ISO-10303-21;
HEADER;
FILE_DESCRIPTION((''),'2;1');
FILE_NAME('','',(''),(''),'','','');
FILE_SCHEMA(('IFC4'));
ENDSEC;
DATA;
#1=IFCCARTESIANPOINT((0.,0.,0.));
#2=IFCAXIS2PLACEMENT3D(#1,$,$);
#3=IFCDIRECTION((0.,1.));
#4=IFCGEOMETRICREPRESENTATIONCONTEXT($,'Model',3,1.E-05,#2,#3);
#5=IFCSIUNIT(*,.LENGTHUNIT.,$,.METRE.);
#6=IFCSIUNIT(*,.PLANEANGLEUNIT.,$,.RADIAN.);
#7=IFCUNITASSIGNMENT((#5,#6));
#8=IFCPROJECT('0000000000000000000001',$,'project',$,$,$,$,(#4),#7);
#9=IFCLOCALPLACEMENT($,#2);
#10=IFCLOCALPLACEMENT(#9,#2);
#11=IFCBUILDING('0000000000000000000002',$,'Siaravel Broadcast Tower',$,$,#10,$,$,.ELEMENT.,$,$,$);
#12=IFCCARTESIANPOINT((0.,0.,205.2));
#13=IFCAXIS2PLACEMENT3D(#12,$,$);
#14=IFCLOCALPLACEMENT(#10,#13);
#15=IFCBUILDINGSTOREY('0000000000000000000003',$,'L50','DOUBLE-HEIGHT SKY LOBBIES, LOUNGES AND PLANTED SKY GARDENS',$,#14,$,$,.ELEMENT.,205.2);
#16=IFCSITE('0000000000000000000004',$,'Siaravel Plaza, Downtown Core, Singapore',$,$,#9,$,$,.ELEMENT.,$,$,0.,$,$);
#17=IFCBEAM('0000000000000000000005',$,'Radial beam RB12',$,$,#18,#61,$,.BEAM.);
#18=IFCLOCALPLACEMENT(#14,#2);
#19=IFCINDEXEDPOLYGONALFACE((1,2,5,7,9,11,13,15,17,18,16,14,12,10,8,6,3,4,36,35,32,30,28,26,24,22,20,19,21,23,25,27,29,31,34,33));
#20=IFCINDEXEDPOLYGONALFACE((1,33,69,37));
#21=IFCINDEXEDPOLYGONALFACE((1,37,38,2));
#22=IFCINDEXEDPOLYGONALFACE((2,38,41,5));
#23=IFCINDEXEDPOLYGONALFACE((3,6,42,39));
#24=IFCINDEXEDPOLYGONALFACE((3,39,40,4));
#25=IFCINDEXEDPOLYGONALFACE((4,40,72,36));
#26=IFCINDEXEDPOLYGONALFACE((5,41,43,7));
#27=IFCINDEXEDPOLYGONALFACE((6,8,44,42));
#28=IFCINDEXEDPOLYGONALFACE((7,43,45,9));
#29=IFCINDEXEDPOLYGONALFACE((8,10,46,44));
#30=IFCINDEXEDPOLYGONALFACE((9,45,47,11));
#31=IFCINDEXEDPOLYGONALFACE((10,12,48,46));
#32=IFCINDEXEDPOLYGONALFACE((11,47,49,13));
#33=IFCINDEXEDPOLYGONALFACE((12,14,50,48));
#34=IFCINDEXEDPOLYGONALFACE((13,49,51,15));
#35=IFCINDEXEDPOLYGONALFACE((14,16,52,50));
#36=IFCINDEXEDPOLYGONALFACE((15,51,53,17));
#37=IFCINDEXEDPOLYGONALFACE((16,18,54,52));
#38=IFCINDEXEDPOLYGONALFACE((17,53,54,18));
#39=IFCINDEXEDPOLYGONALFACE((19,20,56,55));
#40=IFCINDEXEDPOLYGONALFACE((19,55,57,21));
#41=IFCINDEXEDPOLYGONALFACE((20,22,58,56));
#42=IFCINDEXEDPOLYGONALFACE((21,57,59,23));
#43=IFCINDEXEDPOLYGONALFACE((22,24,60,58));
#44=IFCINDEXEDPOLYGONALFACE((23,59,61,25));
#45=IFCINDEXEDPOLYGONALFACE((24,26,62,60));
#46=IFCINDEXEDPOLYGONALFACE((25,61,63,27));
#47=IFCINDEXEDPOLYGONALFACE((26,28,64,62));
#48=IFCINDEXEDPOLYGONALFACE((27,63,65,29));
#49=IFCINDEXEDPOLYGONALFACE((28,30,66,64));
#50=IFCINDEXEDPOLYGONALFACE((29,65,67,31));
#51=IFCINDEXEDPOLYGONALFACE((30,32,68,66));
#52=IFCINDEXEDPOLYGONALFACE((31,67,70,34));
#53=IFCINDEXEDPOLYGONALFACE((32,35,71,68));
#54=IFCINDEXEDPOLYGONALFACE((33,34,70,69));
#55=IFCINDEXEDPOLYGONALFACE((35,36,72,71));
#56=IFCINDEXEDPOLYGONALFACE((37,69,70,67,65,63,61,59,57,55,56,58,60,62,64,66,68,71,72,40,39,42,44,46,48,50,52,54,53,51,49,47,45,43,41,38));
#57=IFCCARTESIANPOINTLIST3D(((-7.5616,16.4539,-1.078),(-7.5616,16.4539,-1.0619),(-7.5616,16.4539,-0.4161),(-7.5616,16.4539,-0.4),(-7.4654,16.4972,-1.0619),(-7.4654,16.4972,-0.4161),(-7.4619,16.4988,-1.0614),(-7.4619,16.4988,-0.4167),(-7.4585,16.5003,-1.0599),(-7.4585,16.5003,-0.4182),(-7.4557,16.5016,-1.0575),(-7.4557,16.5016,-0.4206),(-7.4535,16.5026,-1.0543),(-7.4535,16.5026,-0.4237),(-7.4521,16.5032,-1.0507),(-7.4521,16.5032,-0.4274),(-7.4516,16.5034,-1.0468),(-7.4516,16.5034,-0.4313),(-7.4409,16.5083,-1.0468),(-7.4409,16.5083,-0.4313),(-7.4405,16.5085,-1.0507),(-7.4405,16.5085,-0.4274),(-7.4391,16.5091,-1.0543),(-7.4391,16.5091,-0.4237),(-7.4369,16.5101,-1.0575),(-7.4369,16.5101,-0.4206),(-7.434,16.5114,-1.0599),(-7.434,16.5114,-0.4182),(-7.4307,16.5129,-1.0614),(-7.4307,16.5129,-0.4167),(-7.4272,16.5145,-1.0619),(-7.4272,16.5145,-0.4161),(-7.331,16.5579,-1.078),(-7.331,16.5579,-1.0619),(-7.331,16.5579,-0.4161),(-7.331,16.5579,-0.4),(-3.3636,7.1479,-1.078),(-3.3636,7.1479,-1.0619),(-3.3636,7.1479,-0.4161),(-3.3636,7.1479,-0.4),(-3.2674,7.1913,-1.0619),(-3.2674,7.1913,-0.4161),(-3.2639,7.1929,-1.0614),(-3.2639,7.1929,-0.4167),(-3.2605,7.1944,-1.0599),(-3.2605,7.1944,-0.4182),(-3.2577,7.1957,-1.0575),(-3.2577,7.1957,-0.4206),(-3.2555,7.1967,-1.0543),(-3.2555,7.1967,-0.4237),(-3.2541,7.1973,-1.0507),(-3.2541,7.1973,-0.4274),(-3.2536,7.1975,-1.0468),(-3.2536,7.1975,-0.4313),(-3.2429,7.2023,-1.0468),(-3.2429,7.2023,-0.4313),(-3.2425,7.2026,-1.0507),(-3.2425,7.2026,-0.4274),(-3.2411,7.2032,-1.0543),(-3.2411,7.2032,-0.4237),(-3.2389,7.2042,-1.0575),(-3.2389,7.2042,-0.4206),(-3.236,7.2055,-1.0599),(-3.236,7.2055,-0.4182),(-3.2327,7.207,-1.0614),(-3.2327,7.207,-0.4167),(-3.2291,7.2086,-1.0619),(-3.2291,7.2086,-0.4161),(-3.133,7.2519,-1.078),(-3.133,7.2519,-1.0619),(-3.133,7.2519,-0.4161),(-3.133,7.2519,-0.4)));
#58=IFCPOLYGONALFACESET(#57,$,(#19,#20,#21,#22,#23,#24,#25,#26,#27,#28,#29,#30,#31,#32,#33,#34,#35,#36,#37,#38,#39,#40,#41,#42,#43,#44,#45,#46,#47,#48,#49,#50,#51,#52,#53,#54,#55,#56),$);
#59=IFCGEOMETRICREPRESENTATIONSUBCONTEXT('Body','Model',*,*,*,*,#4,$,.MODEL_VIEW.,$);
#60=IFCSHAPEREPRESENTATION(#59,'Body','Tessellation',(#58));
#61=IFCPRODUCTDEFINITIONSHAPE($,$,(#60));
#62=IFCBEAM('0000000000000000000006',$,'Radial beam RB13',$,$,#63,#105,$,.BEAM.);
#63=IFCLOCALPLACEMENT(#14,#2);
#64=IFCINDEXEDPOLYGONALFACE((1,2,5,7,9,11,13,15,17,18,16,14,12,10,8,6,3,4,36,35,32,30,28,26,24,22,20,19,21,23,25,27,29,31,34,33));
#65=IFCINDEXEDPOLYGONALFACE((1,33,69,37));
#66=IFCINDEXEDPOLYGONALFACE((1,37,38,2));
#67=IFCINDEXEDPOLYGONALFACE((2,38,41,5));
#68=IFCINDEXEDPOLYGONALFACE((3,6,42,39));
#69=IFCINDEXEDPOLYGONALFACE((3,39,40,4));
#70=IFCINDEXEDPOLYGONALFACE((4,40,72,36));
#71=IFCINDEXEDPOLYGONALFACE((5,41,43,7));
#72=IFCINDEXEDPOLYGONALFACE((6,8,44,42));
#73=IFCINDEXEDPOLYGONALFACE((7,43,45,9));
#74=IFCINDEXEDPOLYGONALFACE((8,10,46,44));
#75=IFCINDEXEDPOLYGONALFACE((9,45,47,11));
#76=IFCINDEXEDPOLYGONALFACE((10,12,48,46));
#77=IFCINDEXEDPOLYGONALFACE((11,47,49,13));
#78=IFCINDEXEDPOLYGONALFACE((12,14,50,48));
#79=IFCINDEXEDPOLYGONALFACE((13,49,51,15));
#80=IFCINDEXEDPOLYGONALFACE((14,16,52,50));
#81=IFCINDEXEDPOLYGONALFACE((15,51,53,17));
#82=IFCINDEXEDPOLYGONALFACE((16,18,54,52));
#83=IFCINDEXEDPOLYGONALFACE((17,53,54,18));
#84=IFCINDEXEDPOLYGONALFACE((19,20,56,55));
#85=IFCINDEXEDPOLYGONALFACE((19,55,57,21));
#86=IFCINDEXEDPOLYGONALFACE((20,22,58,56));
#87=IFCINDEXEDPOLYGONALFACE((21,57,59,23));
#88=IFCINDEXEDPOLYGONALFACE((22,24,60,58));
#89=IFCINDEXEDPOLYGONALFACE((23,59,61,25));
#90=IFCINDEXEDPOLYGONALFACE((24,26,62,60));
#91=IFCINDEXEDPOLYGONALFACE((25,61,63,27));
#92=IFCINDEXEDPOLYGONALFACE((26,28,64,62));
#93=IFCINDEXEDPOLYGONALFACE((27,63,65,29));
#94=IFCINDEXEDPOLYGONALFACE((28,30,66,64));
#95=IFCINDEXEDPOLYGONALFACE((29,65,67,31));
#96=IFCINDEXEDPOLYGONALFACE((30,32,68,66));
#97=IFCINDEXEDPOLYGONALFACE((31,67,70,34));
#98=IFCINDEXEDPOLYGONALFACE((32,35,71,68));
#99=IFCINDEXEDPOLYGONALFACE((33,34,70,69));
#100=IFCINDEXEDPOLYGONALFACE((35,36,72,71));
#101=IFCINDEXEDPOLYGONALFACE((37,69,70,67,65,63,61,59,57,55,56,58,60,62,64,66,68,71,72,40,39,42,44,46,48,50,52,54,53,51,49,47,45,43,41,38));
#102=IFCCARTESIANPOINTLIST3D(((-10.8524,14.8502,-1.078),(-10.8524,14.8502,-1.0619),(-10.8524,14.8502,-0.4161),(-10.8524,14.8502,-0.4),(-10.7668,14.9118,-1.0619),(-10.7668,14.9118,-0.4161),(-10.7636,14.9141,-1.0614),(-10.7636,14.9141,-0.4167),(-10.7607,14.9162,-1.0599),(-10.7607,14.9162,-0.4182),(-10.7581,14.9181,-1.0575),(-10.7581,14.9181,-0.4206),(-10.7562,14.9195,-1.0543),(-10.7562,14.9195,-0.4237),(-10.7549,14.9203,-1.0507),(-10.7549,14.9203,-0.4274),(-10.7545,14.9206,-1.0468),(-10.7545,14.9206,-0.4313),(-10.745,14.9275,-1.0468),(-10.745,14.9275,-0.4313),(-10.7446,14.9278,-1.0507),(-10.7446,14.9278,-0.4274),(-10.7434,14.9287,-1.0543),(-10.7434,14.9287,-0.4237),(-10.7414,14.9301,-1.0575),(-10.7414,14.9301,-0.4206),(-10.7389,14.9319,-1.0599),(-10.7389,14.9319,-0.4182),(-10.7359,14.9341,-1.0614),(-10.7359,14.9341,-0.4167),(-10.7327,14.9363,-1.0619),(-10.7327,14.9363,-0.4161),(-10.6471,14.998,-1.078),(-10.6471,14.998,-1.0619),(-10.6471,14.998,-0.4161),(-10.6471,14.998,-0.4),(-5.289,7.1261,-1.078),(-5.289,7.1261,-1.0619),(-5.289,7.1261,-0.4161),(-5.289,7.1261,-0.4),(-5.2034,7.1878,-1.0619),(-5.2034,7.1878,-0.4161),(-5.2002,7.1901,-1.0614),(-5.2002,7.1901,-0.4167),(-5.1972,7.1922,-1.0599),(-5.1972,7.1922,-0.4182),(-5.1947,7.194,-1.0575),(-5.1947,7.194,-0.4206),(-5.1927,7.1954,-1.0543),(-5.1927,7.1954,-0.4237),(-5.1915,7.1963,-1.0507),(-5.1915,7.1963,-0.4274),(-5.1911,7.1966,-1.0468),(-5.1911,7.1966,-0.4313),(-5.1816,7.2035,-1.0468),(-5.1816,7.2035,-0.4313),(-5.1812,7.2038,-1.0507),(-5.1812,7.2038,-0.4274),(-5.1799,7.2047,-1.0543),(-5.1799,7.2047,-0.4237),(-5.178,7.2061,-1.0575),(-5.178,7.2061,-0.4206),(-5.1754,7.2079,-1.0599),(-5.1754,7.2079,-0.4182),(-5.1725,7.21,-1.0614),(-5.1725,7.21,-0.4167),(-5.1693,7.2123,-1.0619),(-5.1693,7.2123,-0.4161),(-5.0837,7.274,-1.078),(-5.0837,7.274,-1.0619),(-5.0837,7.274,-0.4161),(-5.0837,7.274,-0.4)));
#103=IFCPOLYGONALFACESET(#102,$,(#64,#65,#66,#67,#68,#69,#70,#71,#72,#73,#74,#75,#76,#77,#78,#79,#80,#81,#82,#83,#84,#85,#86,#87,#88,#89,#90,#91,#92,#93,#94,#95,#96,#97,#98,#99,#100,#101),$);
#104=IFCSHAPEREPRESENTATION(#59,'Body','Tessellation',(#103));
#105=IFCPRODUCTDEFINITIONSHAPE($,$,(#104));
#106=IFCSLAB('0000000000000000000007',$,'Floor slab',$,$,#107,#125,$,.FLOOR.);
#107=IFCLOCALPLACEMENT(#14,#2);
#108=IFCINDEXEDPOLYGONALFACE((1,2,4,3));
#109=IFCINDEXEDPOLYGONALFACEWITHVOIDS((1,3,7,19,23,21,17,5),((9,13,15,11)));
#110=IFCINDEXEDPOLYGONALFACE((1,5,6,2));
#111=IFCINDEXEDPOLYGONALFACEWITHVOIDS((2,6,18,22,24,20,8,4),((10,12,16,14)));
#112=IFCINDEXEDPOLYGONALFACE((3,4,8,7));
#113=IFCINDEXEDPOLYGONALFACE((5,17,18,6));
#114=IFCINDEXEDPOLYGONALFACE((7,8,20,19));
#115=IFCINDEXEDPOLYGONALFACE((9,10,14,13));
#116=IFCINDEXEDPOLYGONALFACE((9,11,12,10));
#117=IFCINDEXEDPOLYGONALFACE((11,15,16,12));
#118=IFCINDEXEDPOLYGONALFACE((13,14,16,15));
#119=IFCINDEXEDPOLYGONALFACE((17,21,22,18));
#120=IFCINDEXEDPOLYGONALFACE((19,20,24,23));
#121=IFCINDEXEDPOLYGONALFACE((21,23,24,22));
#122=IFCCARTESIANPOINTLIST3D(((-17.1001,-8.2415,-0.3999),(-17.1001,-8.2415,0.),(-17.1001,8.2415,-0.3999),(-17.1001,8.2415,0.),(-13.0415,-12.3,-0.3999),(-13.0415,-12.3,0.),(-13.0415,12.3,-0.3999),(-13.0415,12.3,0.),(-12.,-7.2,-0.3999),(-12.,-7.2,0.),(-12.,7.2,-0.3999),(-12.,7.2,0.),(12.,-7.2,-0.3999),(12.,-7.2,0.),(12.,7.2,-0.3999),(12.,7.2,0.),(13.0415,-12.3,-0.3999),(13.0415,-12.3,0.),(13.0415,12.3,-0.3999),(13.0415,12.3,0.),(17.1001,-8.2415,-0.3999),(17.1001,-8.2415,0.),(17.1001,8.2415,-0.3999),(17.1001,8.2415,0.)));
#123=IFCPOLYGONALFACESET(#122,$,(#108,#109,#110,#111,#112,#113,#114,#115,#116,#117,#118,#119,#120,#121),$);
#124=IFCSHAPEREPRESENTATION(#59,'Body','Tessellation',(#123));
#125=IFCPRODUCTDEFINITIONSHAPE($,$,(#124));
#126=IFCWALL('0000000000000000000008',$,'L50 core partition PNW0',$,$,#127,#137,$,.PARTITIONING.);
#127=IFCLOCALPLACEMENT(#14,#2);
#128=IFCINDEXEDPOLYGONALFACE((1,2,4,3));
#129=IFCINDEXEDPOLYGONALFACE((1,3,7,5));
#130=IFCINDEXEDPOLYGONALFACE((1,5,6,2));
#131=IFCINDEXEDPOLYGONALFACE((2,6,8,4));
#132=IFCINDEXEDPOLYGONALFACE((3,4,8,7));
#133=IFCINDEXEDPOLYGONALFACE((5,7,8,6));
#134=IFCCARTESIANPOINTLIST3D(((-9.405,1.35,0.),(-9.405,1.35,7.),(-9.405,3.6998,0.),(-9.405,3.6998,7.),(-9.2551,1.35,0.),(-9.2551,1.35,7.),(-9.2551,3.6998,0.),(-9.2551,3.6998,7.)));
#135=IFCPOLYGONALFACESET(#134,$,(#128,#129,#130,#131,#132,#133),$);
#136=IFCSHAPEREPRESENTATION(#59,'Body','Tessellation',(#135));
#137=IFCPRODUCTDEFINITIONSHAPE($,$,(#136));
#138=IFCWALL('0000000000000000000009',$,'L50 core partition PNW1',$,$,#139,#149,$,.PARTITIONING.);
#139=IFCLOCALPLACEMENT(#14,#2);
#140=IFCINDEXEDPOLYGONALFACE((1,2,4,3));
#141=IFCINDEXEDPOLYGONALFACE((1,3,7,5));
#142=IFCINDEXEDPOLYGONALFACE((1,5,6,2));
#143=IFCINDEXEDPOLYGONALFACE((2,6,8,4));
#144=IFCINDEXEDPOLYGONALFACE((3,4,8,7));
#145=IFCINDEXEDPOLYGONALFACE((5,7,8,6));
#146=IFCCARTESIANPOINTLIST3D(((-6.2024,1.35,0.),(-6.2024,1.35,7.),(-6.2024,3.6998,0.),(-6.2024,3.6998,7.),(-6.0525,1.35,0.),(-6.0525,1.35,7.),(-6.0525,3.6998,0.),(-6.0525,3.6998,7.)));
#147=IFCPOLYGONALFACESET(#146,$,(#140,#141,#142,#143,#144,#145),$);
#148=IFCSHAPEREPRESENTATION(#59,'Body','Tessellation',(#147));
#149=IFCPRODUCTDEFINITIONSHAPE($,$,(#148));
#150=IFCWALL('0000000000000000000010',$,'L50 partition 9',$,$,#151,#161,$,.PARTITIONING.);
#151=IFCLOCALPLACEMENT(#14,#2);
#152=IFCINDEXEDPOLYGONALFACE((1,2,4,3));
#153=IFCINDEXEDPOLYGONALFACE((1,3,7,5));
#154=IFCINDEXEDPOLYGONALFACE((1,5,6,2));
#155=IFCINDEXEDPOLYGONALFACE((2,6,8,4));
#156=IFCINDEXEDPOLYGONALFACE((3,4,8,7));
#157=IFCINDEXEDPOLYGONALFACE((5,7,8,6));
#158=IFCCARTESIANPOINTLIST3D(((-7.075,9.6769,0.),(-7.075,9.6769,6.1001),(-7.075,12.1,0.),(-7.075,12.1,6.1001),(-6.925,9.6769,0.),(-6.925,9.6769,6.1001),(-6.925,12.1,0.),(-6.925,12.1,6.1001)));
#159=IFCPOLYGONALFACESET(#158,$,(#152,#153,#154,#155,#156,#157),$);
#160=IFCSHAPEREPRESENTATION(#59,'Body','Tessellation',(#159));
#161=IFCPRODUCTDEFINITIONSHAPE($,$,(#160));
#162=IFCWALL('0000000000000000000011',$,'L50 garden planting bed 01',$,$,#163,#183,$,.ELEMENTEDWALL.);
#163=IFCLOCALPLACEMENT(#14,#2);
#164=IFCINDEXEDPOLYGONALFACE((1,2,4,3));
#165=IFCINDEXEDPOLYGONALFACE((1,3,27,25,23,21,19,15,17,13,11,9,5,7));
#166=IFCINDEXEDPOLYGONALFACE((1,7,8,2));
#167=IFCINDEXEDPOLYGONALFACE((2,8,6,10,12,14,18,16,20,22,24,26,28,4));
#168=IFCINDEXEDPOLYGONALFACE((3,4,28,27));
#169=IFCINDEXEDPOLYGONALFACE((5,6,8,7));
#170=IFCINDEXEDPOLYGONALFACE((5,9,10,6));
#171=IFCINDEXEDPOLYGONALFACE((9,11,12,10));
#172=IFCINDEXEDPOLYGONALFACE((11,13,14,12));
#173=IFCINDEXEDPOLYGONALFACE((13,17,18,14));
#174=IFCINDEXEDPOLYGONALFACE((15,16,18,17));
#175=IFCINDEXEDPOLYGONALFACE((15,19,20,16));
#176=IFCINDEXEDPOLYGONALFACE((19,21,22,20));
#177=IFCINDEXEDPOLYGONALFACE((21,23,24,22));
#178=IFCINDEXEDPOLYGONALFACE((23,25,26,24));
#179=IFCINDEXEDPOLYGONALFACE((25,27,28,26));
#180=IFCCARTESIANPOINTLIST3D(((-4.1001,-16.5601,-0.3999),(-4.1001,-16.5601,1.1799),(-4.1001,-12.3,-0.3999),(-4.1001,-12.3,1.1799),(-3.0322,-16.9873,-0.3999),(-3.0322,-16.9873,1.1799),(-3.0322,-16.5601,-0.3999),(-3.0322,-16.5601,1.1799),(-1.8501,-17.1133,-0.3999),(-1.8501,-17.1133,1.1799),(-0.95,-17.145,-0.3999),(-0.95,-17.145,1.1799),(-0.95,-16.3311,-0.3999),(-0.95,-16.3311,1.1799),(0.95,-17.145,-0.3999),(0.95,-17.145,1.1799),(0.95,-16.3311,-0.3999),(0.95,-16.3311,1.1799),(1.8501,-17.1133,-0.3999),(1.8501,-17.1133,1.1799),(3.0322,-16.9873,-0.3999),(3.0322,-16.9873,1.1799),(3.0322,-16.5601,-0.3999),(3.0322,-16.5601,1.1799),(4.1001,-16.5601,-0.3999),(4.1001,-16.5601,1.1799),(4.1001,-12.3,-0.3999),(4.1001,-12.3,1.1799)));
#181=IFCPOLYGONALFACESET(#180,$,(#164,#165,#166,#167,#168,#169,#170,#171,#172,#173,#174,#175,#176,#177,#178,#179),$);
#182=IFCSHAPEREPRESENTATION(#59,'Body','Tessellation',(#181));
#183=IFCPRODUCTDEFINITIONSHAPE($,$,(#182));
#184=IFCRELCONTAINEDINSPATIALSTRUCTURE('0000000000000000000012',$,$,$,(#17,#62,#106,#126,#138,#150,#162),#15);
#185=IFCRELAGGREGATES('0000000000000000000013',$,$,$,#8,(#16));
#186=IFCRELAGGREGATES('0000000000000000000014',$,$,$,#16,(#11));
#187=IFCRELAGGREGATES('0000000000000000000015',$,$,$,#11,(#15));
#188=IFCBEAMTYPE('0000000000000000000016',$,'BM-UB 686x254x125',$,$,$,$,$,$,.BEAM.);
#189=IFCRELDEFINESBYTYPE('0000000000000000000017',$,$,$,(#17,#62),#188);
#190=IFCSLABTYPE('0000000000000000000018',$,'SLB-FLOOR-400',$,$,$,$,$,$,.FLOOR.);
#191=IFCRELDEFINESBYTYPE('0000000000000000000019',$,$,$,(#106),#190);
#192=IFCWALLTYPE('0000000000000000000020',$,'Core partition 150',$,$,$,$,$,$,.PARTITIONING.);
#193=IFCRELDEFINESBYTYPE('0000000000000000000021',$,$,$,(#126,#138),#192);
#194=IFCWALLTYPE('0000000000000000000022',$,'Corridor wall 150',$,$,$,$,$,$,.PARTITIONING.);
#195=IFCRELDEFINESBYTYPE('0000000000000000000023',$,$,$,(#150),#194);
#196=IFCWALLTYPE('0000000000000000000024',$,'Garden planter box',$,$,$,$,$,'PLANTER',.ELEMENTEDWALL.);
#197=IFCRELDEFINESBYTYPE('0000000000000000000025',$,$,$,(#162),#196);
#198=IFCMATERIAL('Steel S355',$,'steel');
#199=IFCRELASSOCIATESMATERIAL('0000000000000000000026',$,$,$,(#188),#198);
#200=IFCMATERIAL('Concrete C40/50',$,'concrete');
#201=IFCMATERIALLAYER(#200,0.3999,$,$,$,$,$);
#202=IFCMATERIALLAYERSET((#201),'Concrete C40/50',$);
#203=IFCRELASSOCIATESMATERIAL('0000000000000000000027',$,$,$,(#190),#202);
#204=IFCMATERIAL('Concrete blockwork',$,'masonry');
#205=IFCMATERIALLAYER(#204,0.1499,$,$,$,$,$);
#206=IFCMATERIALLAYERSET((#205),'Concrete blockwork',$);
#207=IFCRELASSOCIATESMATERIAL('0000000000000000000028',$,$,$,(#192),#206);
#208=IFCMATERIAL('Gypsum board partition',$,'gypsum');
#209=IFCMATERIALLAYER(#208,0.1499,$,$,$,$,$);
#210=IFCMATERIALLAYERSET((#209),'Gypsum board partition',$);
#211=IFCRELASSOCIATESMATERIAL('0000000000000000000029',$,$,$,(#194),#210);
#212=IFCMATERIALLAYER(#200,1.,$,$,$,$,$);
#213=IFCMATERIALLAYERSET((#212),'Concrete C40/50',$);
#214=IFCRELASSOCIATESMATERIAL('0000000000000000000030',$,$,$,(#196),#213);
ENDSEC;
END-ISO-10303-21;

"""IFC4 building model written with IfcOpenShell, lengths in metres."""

from ifc_helpers import new_model, si_unit, direction, frame, frame_2d, origin, origin_2d, place, context, subcontext, project, spatial, polyline, rectangle, i_section, outline, extrude, material, layer, layer_set, material_profile, profile_set, type_object, element, save


model = new_model("IFC4")

# Units and contexts
model_context = context("Model", 3, precision=1e-05, world=origin(), true_north=direction((0.0, 1.0)))
body_context = subcontext(model_context, "Body", "Model", "MODEL_VIEW")
ifc_project = project(units=[si_unit("LENGTHUNIT", "METRE"), si_unit("PLANEANGLEUNIT", "RADIAN")], contexts=[model_context])

# Site, building, storey
site_placement = place(None, origin())
site = spatial("IfcSite", under=ifc_project, at=site_placement, Name="Siaravel Plaza, Downtown Core, Singapore", CompositionType="ELEMENT", RefElevation=0.0)
building_placement = place(site_placement, origin())
building = spatial("IfcBuilding", under=site, at=building_placement, Name="Siaravel Broadcast Tower", CompositionType="ELEMENT")
storey_placement = place(building_placement, frame((0.0, 0.0, 205.2)))
storey = spatial("IfcBuildingStorey", under=building, at=storey_placement, Name="L50", Description="DOUBLE-HEIGHT SKY LOBBIES, LOUNGES AND PLANTED SKY GARDENS", CompositionType="ELEMENT", Elevation=205.2)

# Beams
ifc_material_1 = material(Name="Steel S355", Category="steel")
ifc_material_profile_1 = material_profile(ifc_material_1, i_section(OverallWidth=0.2529, OverallDepth=0.678, WebThickness=0.0117, FlangeThickness=0.0161, FilletRadius=0.0151, at=origin_2d()))
ifc_profile_set_1 = profile_set([ifc_material_profile_1], Name="Steel S355")
beam_type = type_object("IfcBeamType", Name="BM-UB 686x254x125", PredefinedType="BEAM", material=ifc_profile_set_1)
beam_1_placement = place(storey_placement, frame((-7.4463, 16.5059, -0.739), z_axis=(0.411207, -0.911542, 0.0), x_axis=(0.911542, 0.411207, 0.0)))
element("IfcBeam", 1, at=beam_1_placement, inside=storey, type_object=beam_type, Name="Radial beam RB12", PredefinedType="BEAM", context=body_context, shape_type="SweptSolid", body=[
    extrude(i_section(OverallWidth=0.2529, OverallDepth=0.678, WebThickness=0.0117, FlangeThickness=0.0161, FilletRadius=0.0151, at=origin_2d()), origin(), (0.0, 0.0, 1.0), 10.209),
])
beam_2_placement = place(storey_placement, frame((-10.7498, 14.9241, -0.739), z_axis=(0.584451, -0.811429, 0.0), x_axis=(0.811429, 0.584451, 0.0)))
element("IfcBeam", 2, at=beam_2_placement, inside=storey, type_object=beam_type, Name="Radial beam RB13", PredefinedType="BEAM", context=body_context, shape_type="SweptSolid", body=[
    extrude(i_section(OverallWidth=0.2529, OverallDepth=0.678, WebThickness=0.0117, FlangeThickness=0.0161, FilletRadius=0.0151, at=origin_2d()), origin(), (0.0, 0.0, 1.0), 9.519),
])

# Slab
ifc_material_2 = material(Name="Concrete C40/50", Category="concrete")
ifc_layer_1 = layer(ifc_material_2, 0.3999)
ifc_layer_set_1 = layer_set([ifc_layer_1], Name="Concrete C40/50")
slab_type_1 = type_object("IfcSlabType", Name="SLB-FLOOR-400", PredefinedType="FLOOR", material=ifc_layer_set_1)
slab_1_placement = place(storey_placement, frame((0.0, 0.0, -0.3999)))
element("IfcSlab", 3, at=slab_1_placement, inside=storey, type_object=slab_type_1, Name="Floor slab", PredefinedType="FLOOR", context=body_context, shape_type="SweptSolid", body=[
    extrude(outline(polyline([(-17.1001, 8.2415), (-17.1001, -8.2415), (-13.0415, -12.3), (13.0415, -12.3), (17.1001, -8.2415), (17.1001, 8.2415), (13.0415, 12.3), (-13.0415, 12.3), (-17.1001, 8.2415)]), holes=[polyline([(-12.0, 7.2), (12.0, 7.2), (12.0, -7.2), (-12.0, -7.2), (-12.0, 7.2)])]), origin(), (0.0, 0.0, 1.0), 0.3999),
])

# Walls
ifc_material_3 = material(Name="Concrete blockwork", Category="masonry")
ifc_layer_2 = layer(ifc_material_3, 0.1499)
ifc_layer_set_2 = layer_set([ifc_layer_2], Name="Concrete blockwork")
wall_type_1 = type_object("IfcWallType", Name="Core partition 150", PredefinedType="PARTITIONING", material=ifc_layer_set_2)
for number, where, z_axis, x_axis, name in (
    (4, (-9.3301, 1.3501, 0.0), (0.0, 0.0, 1.0), (0.0, 1.0, 0.0), "L50 core partition PNW0"),
    (5, (-6.1274, 1.3501, 0.0), (0.0, 0.0, 1.0), (0.0, 1.0, 0.0), "L50 core partition PNW1"),
):
    element("IfcWall", number, at=place(storey_placement, frame(where, z_axis=z_axis, x_axis=x_axis)), inside=storey, type_object=wall_type_1, Name=name, PredefinedType="PARTITIONING", context=body_context, shape_type="SweptSolid", body=[
        extrude(rectangle(XDim=2.3499, YDim=0.1499, at=frame_2d((1.1748, 0.0))), origin(), (0.0, 0.0, 1.0), 7.0),
    ])
ifc_material_4 = material(Name="Gypsum board partition", Category="gypsum")
ifc_layer_3 = layer(ifc_material_4, 0.1499)
ifc_layer_set_3 = layer_set([ifc_layer_3], Name="Gypsum board partition")
wall_type_2 = type_object("IfcWallType", Name="Corridor wall 150", PredefinedType="PARTITIONING", material=ifc_layer_set_3)
wall_1_placement = place(storey_placement, frame((-7.0, 9.677, 0.0), z_axis=(0.0, 0.0, 1.0), x_axis=(0.0, 1.0, 0.0)))
element("IfcWall", 6, at=wall_1_placement, inside=storey, type_object=wall_type_2, Name="L50 partition 9", PredefinedType="PARTITIONING", context=body_context, shape_type="SweptSolid", body=[
    extrude(rectangle(XDim=2.4231, YDim=0.1499, at=frame_2d((1.2114, 0.0))), origin(), (0.0, 0.0, 1.0), 6.1001),
])
ifc_layer_4 = layer(ifc_material_2, 1.0)
ifc_layer_set_4 = layer_set([ifc_layer_4], Name="Concrete C40/50")
wall_type_3 = type_object("IfcWallType", Name="Garden planter box", ElementType="PLANTER", PredefinedType="ELEMENTEDWALL", material=ifc_layer_set_4)
wall_2_placement = place(storey_placement, frame((0.0, 0.0, -0.3999)))
element("IfcWall", 7, at=wall_2_placement, inside=storey, type_object=wall_type_3, Name="L50 garden planting bed 01", PredefinedType="ELEMENTEDWALL", context=body_context, shape_type="SweptSolid", body=[
    extrude(outline(polyline([(1.8501, -17.1133), (3.0322, -16.9873), (3.0322, -16.5601), (4.1001, -16.5601), (4.1001, -12.3), (-4.1001, -12.3), (-4.1001, -16.5601), (-3.0322, -16.5601), (-3.0322, -16.9873), (-1.8501, -17.1133), (-0.95, -17.145), (-0.95, -16.3311), (0.95, -16.3311), (0.95, -17.145), (1.8501, -17.1133)])), origin(), (0.0, 0.0, 1.0), 1.5798),
])

save(model, "model.ifc")
